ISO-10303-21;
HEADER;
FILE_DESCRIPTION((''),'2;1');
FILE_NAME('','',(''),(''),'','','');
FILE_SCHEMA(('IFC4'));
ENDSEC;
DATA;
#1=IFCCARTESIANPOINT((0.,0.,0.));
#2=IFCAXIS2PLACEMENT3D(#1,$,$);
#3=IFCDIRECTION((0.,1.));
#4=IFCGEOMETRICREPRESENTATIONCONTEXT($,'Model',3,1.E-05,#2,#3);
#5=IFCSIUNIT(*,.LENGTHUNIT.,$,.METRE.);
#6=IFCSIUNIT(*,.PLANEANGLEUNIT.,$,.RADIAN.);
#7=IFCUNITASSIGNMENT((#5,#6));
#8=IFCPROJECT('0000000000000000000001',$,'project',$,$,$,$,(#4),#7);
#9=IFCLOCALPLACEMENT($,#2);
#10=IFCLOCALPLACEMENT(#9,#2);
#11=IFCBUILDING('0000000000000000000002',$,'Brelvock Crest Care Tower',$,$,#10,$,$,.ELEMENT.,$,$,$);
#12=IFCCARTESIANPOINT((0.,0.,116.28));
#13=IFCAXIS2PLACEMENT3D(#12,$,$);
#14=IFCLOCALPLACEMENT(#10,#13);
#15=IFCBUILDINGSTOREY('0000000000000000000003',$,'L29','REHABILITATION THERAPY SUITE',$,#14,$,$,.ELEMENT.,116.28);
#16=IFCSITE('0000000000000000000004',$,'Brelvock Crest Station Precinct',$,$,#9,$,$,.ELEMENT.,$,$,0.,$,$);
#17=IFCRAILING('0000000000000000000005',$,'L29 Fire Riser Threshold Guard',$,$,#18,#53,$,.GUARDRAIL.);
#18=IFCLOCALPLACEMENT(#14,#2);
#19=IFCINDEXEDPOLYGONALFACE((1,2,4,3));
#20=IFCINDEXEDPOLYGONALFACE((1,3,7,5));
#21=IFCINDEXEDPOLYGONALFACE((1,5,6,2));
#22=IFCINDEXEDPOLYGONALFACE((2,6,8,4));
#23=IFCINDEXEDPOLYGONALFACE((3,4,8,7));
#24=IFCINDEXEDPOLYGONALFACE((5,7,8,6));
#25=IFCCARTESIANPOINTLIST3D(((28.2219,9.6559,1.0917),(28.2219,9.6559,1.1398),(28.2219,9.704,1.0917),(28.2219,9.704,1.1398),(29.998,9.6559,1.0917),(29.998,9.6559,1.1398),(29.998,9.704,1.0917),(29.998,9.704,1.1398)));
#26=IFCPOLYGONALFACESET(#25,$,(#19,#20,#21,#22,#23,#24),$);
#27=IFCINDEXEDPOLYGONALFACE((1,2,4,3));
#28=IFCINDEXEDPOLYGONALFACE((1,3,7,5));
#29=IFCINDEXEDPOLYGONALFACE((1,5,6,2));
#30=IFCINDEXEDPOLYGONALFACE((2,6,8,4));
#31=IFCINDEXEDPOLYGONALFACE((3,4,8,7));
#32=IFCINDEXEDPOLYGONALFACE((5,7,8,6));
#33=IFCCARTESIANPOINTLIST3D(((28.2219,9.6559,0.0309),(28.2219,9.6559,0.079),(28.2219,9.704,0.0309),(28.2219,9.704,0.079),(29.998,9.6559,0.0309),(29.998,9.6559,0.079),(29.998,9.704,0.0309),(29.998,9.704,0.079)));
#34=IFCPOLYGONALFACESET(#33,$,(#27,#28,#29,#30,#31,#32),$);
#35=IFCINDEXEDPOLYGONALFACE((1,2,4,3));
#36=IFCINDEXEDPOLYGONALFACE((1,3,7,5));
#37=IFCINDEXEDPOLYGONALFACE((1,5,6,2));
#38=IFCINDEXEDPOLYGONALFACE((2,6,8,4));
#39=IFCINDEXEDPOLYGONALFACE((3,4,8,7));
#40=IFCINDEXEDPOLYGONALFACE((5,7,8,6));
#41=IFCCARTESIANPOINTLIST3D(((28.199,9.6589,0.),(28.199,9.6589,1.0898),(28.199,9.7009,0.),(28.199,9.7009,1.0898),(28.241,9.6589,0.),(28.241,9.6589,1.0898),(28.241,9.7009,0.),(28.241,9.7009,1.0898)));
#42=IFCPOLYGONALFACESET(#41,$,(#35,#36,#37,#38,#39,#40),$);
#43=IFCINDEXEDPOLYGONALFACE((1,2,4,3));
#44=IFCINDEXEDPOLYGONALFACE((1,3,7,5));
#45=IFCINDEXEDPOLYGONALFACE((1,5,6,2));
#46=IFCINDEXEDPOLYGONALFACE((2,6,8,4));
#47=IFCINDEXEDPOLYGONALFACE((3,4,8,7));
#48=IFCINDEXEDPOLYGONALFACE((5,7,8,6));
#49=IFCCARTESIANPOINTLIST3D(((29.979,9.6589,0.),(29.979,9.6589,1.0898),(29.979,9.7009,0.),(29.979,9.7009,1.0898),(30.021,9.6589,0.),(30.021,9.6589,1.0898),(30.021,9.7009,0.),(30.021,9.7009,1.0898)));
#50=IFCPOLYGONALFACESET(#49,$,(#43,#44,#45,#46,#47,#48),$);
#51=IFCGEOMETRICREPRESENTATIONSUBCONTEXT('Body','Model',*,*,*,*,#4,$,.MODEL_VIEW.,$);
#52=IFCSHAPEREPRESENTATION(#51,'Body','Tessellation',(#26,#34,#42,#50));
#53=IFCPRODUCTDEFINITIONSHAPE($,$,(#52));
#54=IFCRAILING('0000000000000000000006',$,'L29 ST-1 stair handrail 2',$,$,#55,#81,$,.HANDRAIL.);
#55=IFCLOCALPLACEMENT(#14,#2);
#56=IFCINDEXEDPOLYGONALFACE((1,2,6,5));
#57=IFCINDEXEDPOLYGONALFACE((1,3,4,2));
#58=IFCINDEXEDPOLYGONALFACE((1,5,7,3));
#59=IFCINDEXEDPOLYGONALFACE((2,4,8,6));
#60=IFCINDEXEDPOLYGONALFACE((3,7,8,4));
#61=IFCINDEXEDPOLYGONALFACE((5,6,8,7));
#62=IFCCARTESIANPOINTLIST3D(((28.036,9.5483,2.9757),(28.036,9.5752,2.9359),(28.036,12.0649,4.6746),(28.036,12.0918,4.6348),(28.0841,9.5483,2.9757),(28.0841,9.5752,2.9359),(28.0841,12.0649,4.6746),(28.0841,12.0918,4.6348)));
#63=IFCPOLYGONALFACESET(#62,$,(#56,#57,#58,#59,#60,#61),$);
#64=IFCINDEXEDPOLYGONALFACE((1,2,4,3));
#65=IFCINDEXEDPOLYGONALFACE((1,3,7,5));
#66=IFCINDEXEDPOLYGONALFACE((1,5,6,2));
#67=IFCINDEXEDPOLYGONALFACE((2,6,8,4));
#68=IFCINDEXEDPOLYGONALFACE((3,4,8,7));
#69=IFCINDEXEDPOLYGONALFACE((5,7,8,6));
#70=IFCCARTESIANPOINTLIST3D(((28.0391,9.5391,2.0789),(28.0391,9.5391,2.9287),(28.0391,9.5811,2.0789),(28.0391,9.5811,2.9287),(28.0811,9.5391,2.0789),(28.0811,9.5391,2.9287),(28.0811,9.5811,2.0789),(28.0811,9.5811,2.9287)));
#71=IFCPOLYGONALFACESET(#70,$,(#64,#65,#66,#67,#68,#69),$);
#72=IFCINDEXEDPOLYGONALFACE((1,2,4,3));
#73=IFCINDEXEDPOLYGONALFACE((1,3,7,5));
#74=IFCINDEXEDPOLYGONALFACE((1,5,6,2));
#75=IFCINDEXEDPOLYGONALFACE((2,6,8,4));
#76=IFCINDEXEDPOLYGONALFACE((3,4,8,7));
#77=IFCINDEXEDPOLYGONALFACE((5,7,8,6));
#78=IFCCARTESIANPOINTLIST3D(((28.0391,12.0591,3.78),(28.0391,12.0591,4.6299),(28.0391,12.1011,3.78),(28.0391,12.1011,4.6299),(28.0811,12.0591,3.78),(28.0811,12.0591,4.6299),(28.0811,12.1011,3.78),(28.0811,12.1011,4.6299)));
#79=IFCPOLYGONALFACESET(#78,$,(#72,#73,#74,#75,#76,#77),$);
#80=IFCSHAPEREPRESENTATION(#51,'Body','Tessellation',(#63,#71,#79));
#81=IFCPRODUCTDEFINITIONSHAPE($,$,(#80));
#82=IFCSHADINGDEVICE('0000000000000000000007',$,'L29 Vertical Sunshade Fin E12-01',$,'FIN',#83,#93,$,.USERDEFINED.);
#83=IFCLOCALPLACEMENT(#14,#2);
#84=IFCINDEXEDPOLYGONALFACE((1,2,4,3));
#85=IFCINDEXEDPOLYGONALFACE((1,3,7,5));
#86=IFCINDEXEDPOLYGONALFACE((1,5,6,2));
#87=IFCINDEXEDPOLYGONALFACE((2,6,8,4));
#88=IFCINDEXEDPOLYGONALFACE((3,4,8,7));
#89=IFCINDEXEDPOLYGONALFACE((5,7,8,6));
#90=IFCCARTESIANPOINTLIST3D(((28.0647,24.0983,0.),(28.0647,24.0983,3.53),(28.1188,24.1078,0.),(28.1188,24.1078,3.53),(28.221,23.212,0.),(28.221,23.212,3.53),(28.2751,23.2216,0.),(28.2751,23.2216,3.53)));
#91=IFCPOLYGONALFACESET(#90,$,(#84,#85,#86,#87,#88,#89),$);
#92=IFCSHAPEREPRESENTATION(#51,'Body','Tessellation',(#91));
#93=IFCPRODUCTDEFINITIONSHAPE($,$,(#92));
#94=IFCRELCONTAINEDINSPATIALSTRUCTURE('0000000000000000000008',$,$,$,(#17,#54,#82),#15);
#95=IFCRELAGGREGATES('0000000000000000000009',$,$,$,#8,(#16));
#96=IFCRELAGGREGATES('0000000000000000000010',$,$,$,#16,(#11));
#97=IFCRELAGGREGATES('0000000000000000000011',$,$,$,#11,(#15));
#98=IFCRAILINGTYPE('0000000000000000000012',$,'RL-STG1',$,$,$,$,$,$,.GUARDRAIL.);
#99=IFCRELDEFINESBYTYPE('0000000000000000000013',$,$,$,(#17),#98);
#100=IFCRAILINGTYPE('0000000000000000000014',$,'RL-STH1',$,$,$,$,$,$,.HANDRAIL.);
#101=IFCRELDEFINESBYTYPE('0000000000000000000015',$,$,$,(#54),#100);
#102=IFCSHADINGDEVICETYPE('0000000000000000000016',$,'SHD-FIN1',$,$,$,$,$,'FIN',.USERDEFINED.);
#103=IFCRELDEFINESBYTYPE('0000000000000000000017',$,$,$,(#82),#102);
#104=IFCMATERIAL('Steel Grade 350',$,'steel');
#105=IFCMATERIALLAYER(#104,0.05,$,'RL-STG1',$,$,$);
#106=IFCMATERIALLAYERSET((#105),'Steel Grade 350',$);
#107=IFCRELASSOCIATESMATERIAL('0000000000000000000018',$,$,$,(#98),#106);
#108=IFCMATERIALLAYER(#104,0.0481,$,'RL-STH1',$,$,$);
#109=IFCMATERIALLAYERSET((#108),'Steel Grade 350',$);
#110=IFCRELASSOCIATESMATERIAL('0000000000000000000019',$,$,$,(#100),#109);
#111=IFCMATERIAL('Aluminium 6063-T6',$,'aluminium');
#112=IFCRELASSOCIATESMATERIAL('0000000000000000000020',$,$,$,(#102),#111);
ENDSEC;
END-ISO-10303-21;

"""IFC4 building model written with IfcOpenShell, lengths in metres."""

from ifc_helpers import new_model, si_unit, direction, frame, origin, origin_2d, place, context, subcontext, project, spatial, rectangle, extrude, source, transform, mapped, material, layer, layer_set, material_profile, profile_set, type_object, element, save


model = new_model("IFC4")

# Units and contexts
model_context = context("Model", 3, precision=1e-05, world=origin(), true_north=direction((0.0, 1.0)))
body_context = subcontext(model_context, "Body", "Model", "MODEL_VIEW")
ifc_project = project(units=[si_unit("LENGTHUNIT", "METRE"), si_unit("PLANEANGLEUNIT", "RADIAN")], contexts=[model_context])

# Site, building, storey
site_placement = place(None, origin())
site = spatial("IfcSite", under=ifc_project, at=site_placement, Name="Brelvock Crest Station Precinct", CompositionType="ELEMENT", RefElevation=0.0)
building_placement = place(site_placement, origin())
building = spatial("IfcBuilding", under=site, at=building_placement, Name="Brelvock Crest Care Tower", CompositionType="ELEMENT")
storey_placement = place(building_placement, frame((0.0, 0.0, 116.28)))
storey = spatial("IfcBuildingStorey", under=building, at=storey_placement, Name="L29", Description="REHABILITATION THERAPY SUITE", CompositionType="ELEMENT", Elevation=116.28)

# Shared definitions
ifc_material_1 = material(Name="Steel Grade 350", Category="steel")

# Railings
ifc_layer_1 = layer(ifc_material_1, 0.05, Name="RL-STG1")
ifc_layer_set_1 = layer_set([ifc_layer_1], Name="Steel Grade 350")
railing_type_1 = type_object("IfcRailingType", Name="RL-STG1", PredefinedType="GUARDRAIL", material=ifc_layer_set_1)
railing_1_placement = place(storey_placement, frame((28.22, 9.6799, 0.0)))
element("IfcRailing", 1, at=railing_1_placement, inside=storey, type_object=railing_type_1, Name="L29 Fire Riser Threshold Guard", PredefinedType="GUARDRAIL", context=body_context, shape_type="SweptSolid", body=[
    extrude(rectangle(XDim=0.0481, YDim=0.0481, at=origin_2d()), frame((0.002, 0.0, 1.1157), z_axis=(1.0, 0.0, 0.0), x_axis=(0.0, 1.0, 0.0)), (0.0, 0.0, 1.0), 1.7761),
    extrude(rectangle(XDim=0.0481, YDim=0.0481, at=origin_2d()), frame((0.002, 0.0, 0.0549), z_axis=(1.0, 0.0, 0.0), x_axis=(0.0, 1.0, 0.0)), (0.0, 0.0, 1.0), 1.7761),
    extrude(rectangle(XDim=0.042, YDim=0.042, at=origin_2d()), origin(), (0.0, 0.0, 1.0), 1.0898),
    extrude(rectangle(XDim=0.042, YDim=0.042, at=origin_2d()), frame((1.78, 0.0, 0.0)), (0.0, 0.0, 1.0), 1.0898),
])
ifc_layer_2 = layer(ifc_material_1, 0.0481, Name="RL-STH1")
ifc_layer_set_2 = layer_set([ifc_layer_2], Name="Steel Grade 350")
railing_type_2 = type_object("IfcRailingType", Name="RL-STH1", PredefinedType="HANDRAIL", material=ifc_layer_set_2)
railing_2_placement = place(storey_placement, frame((28.0601, 9.5601, 2.0789)))
element("IfcRailing", 2, at=railing_2_placement, inside=storey, type_object=railing_type_2, Name="L29 ST-1 stair handrail 2", PredefinedType="HANDRAIL", context=body_context, shape_type="SweptSolid", body=[
    extrude(rectangle(XDim=0.0481, YDim=0.0481, at=origin_2d()), frame((0.0, 0.0017, 0.877), z_axis=(0.0, 0.828824, 0.559509), x_axis=(-1.0, 0.0, 0.0)), (0.0, 0.0, 1.0), 3.0364),
    extrude(rectangle(XDim=0.042, YDim=0.042, at=origin_2d()), origin(), (0.0, 0.0, 1.0), 0.8499),
    extrude(rectangle(XDim=0.042, YDim=0.042, at=origin_2d()), frame((0.0, 2.52, 1.7012)), (0.0, 0.0, 1.0), 0.8499),
])

# Shading device
ifc_material_2 = material(Name="Aluminium 6063-T6", Category="aluminium")
ifc_material_profile_1 = material_profile(ifc_material_2, rectangle(XDim=0.0549, YDim=0.8999, at=origin_2d()), Name="FIN55x900")
ifc_profile_set_1 = profile_set([ifc_material_profile_1], Name="Aluminium 6063-T6")
shading_device_type = type_object("IfcShadingDeviceType", Name="SHD-FIN1", ElementType="FIN", PredefinedType="USERDEFINED", material=ifc_profile_set_1)
shared_shape_1 = source(origin(), body_context, "Body", "SweptSolid", [
    extrude(rectangle(XDim=0.0549, YDim=0.8999, at=origin_2d()), origin(), (0.0, 0.0, 1.0), 3.53),
])
shading_device_placement = place(storey_placement, frame((28.1699, 23.6599, 0.0), z_axis=(0.0, 0.0, 1.0), x_axis=(-0.984808, -0.173648, 0.0)))
element("IfcShadingDevice", 3, at=shading_device_placement, inside=storey, type_object=shading_device_type, Name="L29 Vertical Sunshade Fin E12-01", ObjectType="FIN", PredefinedType="USERDEFINED", context=body_context, shape_type="MappedRepresentation", body=[
    mapped(shared_shape_1, transform((0.0, 0.0, 0.0), x_axis=(1.0, 0.0, 0.0), y_axis=(0.0, 1.0, 0.0), z_axis=(0.0, 0.0, 1.0), scale=1.0)),
])

save(model, "model.ifc")
